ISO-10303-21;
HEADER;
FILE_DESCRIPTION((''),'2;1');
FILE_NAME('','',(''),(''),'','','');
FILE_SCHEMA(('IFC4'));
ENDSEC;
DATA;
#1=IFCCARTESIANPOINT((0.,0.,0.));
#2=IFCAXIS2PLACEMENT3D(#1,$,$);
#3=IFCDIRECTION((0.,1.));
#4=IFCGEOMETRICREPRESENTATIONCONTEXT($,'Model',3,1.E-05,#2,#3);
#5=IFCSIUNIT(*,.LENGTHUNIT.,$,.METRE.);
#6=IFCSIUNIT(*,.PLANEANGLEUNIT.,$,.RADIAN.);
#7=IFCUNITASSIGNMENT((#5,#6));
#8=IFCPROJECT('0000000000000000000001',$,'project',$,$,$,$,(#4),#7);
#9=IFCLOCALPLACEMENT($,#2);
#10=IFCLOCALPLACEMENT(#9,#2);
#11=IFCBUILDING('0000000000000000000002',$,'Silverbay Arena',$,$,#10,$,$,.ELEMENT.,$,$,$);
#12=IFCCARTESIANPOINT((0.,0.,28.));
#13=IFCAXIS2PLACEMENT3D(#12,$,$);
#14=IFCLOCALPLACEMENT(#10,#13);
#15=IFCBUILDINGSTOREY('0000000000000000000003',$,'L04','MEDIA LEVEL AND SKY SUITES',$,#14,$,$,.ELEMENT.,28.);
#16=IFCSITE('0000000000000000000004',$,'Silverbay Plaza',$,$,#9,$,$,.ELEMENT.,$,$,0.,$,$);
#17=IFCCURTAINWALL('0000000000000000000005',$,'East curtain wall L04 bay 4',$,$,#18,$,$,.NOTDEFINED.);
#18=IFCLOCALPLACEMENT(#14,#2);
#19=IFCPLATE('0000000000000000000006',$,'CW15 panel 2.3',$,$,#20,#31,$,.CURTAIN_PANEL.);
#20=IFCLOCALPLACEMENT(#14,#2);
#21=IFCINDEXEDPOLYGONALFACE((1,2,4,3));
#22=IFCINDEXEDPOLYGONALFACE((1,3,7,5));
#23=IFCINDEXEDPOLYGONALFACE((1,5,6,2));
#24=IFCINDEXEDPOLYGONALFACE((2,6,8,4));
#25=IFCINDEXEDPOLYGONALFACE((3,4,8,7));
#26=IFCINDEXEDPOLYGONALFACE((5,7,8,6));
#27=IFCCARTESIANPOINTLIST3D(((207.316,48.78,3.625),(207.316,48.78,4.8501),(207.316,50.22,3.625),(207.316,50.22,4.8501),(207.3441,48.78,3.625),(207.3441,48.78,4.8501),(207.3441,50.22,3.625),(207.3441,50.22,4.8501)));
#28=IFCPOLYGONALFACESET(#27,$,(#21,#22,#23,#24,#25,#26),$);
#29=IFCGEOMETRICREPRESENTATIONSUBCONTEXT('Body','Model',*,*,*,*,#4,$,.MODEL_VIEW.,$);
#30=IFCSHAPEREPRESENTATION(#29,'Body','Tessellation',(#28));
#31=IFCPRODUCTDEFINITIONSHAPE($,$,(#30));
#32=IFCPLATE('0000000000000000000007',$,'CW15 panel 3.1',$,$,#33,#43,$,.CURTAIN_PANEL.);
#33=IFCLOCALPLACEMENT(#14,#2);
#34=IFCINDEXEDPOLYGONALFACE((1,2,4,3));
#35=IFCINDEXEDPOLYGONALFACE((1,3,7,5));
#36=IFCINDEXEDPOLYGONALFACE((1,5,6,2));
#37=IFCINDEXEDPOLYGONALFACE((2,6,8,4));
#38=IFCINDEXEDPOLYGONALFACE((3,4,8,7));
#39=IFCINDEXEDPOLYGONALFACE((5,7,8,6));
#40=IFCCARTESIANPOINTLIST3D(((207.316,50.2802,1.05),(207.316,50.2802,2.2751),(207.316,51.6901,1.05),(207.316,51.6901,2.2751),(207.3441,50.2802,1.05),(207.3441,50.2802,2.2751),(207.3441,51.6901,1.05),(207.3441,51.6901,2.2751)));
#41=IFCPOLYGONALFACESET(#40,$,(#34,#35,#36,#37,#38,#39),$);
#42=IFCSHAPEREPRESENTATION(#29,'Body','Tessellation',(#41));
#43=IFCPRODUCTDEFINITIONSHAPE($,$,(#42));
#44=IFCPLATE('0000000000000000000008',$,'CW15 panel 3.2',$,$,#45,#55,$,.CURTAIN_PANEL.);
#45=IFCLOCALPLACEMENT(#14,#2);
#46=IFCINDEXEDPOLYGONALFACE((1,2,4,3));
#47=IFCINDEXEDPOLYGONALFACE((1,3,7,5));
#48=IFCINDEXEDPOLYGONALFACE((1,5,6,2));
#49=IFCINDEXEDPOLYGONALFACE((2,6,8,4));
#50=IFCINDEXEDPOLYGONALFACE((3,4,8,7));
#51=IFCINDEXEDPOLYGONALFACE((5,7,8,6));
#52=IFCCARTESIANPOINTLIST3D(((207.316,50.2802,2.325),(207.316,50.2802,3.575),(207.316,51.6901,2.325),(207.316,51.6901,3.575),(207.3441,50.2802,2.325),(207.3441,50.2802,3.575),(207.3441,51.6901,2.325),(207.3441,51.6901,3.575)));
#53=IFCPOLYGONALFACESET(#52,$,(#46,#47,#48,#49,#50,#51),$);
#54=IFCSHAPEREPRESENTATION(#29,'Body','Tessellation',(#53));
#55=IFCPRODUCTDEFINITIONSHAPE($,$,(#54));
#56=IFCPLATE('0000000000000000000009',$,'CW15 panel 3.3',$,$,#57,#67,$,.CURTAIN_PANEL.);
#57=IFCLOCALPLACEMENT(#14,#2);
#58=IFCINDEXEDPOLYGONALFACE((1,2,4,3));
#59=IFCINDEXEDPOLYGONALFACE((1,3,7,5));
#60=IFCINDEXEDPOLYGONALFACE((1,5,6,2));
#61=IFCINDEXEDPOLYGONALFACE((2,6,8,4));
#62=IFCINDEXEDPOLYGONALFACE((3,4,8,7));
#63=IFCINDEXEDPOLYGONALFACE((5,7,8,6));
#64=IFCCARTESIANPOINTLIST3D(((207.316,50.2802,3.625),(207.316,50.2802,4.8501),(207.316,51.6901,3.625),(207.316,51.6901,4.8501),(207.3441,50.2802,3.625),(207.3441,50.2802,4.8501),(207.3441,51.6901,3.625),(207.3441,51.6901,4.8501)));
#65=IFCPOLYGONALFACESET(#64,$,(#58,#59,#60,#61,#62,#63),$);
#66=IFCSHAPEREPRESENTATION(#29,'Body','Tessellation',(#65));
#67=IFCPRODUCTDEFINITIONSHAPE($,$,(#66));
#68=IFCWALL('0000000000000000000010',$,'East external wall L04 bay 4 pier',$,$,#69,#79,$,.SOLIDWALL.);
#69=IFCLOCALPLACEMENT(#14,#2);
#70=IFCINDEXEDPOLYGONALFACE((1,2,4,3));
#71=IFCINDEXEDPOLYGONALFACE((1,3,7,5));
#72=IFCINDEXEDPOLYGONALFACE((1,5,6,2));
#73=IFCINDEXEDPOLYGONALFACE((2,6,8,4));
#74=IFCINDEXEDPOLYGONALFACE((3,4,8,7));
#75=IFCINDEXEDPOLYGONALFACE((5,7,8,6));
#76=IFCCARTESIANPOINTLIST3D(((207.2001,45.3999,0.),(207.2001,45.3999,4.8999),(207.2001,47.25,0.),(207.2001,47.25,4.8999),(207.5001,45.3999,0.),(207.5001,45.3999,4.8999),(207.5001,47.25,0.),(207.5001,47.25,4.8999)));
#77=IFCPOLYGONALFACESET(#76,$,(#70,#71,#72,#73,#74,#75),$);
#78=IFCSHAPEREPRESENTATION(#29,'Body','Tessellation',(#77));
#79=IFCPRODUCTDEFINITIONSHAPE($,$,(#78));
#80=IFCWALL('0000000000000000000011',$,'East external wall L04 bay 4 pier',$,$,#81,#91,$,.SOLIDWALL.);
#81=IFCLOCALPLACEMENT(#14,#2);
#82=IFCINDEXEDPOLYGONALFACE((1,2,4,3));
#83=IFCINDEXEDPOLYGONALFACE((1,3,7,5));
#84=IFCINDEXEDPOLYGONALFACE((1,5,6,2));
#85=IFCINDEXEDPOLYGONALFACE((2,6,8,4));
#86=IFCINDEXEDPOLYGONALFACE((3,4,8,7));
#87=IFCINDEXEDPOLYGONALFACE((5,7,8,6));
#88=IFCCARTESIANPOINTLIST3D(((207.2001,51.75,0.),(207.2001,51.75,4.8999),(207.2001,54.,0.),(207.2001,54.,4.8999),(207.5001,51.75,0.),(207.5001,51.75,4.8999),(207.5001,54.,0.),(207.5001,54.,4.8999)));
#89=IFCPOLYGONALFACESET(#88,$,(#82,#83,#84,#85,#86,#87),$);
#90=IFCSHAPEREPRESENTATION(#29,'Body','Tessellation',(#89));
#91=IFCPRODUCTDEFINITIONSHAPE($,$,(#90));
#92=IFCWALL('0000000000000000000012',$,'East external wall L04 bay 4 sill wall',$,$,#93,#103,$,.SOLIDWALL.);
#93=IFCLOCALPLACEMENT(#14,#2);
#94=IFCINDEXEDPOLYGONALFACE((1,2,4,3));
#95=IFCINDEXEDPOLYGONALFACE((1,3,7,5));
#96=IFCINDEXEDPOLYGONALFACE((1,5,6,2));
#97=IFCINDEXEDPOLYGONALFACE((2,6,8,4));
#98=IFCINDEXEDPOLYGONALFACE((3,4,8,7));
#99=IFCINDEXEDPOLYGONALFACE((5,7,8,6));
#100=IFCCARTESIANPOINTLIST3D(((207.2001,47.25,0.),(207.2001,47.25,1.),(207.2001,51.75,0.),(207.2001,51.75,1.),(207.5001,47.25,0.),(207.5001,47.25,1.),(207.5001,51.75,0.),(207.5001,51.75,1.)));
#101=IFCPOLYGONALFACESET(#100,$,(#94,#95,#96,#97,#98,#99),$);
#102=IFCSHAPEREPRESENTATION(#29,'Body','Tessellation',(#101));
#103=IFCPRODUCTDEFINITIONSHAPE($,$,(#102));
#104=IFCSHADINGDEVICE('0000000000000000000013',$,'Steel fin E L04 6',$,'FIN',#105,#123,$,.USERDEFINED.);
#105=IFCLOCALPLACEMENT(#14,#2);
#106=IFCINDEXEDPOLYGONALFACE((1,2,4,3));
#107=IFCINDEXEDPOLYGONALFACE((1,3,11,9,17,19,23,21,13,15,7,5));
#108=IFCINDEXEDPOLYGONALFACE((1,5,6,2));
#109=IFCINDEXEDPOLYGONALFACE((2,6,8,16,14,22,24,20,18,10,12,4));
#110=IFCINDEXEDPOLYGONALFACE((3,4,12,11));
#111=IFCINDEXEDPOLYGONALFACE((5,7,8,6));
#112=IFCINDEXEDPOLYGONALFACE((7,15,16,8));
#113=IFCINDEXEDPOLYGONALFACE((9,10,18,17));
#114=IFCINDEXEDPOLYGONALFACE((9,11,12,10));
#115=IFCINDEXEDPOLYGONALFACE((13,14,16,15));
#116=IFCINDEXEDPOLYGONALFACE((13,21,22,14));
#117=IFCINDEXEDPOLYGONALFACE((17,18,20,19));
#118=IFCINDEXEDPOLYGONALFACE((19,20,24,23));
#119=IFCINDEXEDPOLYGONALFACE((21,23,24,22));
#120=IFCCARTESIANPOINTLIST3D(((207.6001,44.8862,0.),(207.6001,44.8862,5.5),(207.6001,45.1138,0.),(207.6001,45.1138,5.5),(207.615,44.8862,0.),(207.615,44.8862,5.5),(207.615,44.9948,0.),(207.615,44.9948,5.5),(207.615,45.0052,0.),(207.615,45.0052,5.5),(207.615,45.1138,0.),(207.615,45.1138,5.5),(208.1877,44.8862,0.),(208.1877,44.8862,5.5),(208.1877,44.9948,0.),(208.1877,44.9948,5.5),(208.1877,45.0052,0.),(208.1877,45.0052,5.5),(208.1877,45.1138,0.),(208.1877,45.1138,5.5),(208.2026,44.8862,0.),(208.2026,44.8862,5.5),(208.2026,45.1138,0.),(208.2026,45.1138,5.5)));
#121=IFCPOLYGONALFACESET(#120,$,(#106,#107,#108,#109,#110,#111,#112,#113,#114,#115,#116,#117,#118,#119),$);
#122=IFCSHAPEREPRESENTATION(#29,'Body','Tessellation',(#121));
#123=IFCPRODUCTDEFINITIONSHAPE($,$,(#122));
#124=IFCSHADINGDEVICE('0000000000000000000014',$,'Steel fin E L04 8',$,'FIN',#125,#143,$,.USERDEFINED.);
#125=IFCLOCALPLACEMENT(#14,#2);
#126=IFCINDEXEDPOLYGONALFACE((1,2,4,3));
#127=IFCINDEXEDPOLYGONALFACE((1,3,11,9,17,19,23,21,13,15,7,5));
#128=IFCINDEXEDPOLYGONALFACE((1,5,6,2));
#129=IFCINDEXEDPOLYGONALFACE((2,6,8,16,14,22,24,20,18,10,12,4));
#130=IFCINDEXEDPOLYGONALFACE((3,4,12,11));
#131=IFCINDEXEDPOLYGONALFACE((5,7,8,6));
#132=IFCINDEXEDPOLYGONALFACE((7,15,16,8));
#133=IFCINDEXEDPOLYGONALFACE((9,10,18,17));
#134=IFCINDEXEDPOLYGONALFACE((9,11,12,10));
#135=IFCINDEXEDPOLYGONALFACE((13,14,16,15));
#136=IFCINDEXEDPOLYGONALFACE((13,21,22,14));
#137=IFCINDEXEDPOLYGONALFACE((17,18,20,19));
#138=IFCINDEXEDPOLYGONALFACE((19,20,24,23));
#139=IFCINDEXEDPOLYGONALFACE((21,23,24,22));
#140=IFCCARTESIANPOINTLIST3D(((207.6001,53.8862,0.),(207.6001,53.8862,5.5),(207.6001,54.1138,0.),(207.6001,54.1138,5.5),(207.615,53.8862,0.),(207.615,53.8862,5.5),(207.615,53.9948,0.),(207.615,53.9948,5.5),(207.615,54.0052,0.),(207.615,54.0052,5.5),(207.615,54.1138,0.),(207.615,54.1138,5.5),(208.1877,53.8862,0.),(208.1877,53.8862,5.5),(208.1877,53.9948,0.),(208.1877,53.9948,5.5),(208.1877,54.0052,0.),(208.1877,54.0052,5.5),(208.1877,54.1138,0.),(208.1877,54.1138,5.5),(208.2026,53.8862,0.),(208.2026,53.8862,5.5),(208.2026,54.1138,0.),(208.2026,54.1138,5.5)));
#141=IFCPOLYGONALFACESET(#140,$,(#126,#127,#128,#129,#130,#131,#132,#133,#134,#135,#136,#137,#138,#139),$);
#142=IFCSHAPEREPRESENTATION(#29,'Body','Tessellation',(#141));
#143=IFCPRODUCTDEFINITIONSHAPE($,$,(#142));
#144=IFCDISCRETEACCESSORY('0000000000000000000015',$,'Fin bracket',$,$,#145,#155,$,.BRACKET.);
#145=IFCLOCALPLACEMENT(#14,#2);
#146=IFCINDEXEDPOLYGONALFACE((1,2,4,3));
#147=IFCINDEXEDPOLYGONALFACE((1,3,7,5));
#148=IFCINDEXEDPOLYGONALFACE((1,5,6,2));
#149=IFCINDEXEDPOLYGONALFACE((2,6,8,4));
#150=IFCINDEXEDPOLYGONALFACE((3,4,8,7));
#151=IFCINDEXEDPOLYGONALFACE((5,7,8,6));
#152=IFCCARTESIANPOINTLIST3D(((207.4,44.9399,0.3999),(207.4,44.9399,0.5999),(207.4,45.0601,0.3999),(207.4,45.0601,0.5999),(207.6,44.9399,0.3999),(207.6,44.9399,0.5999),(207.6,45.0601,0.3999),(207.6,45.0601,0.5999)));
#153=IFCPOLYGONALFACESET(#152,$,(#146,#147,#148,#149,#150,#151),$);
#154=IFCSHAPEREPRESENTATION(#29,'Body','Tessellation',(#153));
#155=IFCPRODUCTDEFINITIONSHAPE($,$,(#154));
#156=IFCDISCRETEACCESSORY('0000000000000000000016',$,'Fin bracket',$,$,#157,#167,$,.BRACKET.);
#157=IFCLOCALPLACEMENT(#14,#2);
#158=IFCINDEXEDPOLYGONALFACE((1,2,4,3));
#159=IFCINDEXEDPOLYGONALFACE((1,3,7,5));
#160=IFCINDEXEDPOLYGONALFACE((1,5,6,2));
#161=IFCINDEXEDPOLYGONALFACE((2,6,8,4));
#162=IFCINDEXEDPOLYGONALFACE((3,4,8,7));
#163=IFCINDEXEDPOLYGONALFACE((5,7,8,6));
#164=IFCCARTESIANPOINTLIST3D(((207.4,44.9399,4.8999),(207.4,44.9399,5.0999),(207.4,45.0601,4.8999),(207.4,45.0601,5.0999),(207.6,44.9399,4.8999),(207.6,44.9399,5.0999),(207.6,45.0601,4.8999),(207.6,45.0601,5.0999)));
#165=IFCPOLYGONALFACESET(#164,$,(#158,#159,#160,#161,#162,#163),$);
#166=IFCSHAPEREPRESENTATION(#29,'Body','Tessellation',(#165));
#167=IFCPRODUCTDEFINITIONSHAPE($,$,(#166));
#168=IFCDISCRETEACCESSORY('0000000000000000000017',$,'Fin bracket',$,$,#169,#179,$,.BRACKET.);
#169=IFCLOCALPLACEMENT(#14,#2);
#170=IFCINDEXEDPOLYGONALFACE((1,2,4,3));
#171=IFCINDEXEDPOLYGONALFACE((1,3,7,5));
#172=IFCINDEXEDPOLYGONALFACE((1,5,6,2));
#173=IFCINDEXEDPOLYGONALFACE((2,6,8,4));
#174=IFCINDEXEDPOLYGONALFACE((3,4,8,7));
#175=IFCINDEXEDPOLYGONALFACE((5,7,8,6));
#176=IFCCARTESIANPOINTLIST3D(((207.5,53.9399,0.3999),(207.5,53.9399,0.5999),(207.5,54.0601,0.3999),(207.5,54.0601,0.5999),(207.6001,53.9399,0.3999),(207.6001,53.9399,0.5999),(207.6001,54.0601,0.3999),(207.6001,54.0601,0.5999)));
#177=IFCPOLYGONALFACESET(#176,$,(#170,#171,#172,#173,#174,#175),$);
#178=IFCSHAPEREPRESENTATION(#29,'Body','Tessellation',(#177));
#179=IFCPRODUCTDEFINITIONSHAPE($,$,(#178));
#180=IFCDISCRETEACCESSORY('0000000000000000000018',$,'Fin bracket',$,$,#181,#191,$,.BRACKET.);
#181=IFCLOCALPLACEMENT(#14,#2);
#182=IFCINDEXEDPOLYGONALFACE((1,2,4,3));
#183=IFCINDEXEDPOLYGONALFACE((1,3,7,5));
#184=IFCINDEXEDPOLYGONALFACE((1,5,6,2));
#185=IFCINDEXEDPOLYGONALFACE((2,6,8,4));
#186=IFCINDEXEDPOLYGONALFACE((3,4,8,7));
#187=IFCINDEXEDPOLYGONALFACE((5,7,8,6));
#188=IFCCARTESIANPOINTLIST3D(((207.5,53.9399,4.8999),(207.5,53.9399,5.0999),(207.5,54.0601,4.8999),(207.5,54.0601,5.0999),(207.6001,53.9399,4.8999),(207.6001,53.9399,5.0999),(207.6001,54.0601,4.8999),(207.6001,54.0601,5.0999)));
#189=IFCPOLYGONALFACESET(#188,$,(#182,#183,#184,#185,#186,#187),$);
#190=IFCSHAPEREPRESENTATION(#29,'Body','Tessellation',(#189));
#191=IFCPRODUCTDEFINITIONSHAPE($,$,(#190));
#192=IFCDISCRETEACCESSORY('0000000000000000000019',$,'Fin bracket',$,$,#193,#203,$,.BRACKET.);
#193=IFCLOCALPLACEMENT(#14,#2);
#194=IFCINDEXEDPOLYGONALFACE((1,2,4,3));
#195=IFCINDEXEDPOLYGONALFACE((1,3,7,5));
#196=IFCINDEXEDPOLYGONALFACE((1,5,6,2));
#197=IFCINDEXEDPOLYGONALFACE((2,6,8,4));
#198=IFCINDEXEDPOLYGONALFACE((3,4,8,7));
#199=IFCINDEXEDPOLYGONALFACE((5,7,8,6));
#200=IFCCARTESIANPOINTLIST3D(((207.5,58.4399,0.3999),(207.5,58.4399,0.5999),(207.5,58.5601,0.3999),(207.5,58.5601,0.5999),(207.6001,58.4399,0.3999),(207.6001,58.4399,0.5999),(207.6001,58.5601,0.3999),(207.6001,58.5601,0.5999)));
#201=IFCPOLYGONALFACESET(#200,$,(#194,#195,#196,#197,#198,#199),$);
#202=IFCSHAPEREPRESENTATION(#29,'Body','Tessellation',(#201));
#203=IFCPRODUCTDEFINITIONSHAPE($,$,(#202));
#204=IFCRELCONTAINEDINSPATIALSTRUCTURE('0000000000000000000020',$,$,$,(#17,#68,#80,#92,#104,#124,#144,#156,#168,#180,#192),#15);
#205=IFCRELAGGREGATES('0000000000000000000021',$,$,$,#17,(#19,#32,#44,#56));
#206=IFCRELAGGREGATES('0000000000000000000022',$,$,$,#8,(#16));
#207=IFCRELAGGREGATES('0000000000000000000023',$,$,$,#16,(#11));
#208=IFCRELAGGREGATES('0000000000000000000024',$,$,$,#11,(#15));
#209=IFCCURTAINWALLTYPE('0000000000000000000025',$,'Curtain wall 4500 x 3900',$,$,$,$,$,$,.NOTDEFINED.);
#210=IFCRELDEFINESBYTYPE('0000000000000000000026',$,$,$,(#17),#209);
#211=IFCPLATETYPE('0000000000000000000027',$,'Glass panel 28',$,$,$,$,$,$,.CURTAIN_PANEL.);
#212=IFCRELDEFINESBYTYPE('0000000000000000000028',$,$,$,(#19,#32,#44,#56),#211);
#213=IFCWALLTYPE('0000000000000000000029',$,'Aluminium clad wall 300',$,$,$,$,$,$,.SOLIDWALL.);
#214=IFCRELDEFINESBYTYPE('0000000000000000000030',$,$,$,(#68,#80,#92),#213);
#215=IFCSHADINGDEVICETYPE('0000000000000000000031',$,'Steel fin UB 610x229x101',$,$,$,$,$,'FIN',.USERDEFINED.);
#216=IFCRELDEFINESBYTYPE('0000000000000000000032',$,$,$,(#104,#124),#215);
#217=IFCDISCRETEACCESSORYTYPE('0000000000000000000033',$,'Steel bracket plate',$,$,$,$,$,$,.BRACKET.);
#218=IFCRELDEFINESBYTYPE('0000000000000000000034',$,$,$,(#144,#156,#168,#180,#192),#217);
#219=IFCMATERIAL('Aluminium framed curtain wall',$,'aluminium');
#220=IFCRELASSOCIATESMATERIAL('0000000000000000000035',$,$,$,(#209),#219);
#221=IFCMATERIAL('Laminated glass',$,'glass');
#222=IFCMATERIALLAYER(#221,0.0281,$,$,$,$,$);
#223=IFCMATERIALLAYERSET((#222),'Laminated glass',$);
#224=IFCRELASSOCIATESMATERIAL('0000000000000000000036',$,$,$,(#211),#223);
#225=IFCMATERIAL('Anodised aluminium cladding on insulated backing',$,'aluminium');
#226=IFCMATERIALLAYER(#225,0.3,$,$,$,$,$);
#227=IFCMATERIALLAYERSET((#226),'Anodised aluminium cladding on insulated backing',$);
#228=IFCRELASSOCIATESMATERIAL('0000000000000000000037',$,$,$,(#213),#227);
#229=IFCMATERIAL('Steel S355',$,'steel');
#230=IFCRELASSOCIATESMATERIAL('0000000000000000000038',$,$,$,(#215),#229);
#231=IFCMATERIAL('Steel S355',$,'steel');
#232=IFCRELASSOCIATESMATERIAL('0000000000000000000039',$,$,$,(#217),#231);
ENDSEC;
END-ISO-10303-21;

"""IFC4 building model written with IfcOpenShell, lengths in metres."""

from ifc_helpers import new_model, si_unit, direction, frame, frame_2d, origin, origin_2d, place, context, subcontext, project, spatial, rectangle, i_section, extrude, material, layer, layer_set, material_profile, profile_set, type_object, element, aggregate, save


model = new_model("IFC4")

# Units and contexts
model_context = context("Model", 3, precision=1e-05, world=origin(), true_north=direction((0.0, 1.0)))
body_context = subcontext(model_context, "Body", "Model", "MODEL_VIEW")
ifc_project = project(units=[si_unit("LENGTHUNIT", "METRE"), si_unit("PLANEANGLEUNIT", "RADIAN")], contexts=[model_context])

# Site, building, storey
site_placement = place(None, origin())
site = spatial("IfcSite", under=ifc_project, at=site_placement, Name="Silverbay Plaza", CompositionType="ELEMENT", RefElevation=0.0)
building_placement = place(site_placement, origin())
building = spatial("IfcBuilding", under=site, at=building_placement, Name="Silverbay Arena", CompositionType="ELEMENT")
storey_placement = place(building_placement, frame((0.0, 0.0, 28.0)))
storey = spatial("IfcBuildingStorey", under=building, at=storey_placement, Name="L04", Description="MEDIA LEVEL AND SKY SUITES", CompositionType="ELEMENT", Elevation=28.0)

# Curtain wall
ifc_material_1 = material(Name="Aluminium framed curtain wall", Category="aluminium")
curtain_wall_type = type_object("IfcCurtainWallType", Name="Curtain wall 4500 x 3900", PredefinedType="NOTDEFINED", material=ifc_material_1)
curtain_wall_placement = place(storey_placement, origin())
curtain_wall = element("IfcCurtainWall", 1, at=curtain_wall_placement, inside=storey, type_object=curtain_wall_type, Name="East curtain wall L04 bay 4", PredefinedType="NOTDEFINED")

# Plates
ifc_material_2 = material(Name="Laminated glass", Category="glass")
ifc_layer_1 = layer(ifc_material_2, 0.0281)
ifc_layer_set_1 = layer_set([ifc_layer_1], Name="Laminated glass")
plate_type = type_object("IfcPlateType", Name="Glass panel 28", PredefinedType="CURTAIN_PANEL", material=ifc_layer_set_1)
plate_1_placement = place(storey_placement, frame((207.3301, 49.5, 3.625), z_axis=(0.0, 0.0, 1.0), x_axis=(0.0, 1.0, 0.0)))
plate_1 = element("IfcPlate", 2, at=plate_1_placement, type_object=plate_type, Name="CW15 panel 2.3", PredefinedType="CURTAIN_PANEL", context=body_context, shape_type="SweptSolid", body=[
    extrude(rectangle(XDim=1.4399, YDim=0.0281, at=origin_2d()), origin(), (0.0, 0.0, 1.0), 1.2251),
])
plate_2_placement = place(storey_placement, frame((207.3301, 50.9851, 1.05), z_axis=(0.0, 0.0, 1.0), x_axis=(0.0, 1.0, 0.0)))
plate_2 = element("IfcPlate", 3, at=plate_2_placement, type_object=plate_type, Name="CW15 panel 3.1", PredefinedType="CURTAIN_PANEL", context=body_context, shape_type="SweptSolid", body=[
    extrude(rectangle(XDim=1.4099, YDim=0.0281, at=origin_2d()), origin(), (0.0, 0.0, 1.0), 1.2251),
])
plate_3_placement = place(storey_placement, frame((207.3301, 50.9851, 2.325), z_axis=(0.0, 0.0, 1.0), x_axis=(0.0, 1.0, 0.0)))
plate_3 = element("IfcPlate", 4, at=plate_3_placement, type_object=plate_type, Name="CW15 panel 3.2", PredefinedType="CURTAIN_PANEL", context=body_context, shape_type="SweptSolid", body=[
    extrude(rectangle(XDim=1.4099, YDim=0.0281, at=origin_2d()), origin(), (0.0, 0.0, 1.0), 1.25),
])
plate_4_placement = place(storey_placement, frame((207.3301, 50.9851, 3.625), z_axis=(0.0, 0.0, 1.0), x_axis=(0.0, 1.0, 0.0)))
plate_4 = element("IfcPlate", 5, at=plate_4_placement, type_object=plate_type, Name="CW15 panel 3.3", PredefinedType="CURTAIN_PANEL", context=body_context, shape_type="SweptSolid", body=[
    extrude(rectangle(XDim=1.4099, YDim=0.0281, at=origin_2d()), origin(), (0.0, 0.0, 1.0), 1.2251),
])
aggregate(curtain_wall, [plate_1, plate_2, plate_3, plate_4])

# Walls
ifc_material_3 = material(Name="Anodised aluminium cladding on insulated backing", Category="aluminium")
ifc_layer_2 = layer(ifc_material_3, 0.3)
ifc_layer_set_2 = layer_set([ifc_layer_2], Name="Anodised aluminium cladding on insulated backing")
wall_type = type_object("IfcWallType", Name="Aluminium clad wall 300", PredefinedType="SOLIDWALL", material=ifc_layer_set_2)
wall_1_placement = place(storey_placement, frame((207.3501, 45.3999, 0.0), z_axis=(0.0, 0.0, 1.0), x_axis=(0.0, 1.0, 0.0)))
element("IfcWall", 6, at=wall_1_placement, inside=storey, type_object=wall_type, Name="East external wall L04 bay 4 pier", PredefinedType="SOLIDWALL", context=body_context, shape_type="SweptSolid", body=[
    extrude(rectangle(XDim=1.8501, YDim=0.3, at=frame_2d((0.925, 0.0))), origin(), (0.0, 0.0, 1.0), 4.8999),
])
wall_2_placement = place(storey_placement, frame((207.3501, 51.75, 0.0), z_axis=(0.0, 0.0, 1.0), x_axis=(0.0, 1.0, 0.0)))
element("IfcWall", 7, at=wall_2_placement, inside=storey, type_object=wall_type, Name="East external wall L04 bay 4 pier", PredefinedType="SOLIDWALL", context=body_context, shape_type="SweptSolid", body=[
    extrude(rectangle(XDim=2.25, YDim=0.3, at=frame_2d((1.125, 0.0))), origin(), (0.0, 0.0, 1.0), 4.8999),
])
wall_3_placement = place(storey_placement, frame((207.3501, 47.25, 0.0), z_axis=(0.0, 0.0, 1.0), x_axis=(0.0, 1.0, 0.0)))
element("IfcWall", 8, at=wall_3_placement, inside=storey, type_object=wall_type, Name="East external wall L04 bay 4 sill wall", PredefinedType="SOLIDWALL", context=body_context, shape_type="SweptSolid", body=[
    extrude(rectangle(XDim=4.5, YDim=0.3, at=frame_2d((2.25, 0.0))), origin(), (0.0, 0.0, 1.0), 1.0),
])

# Shading devices
ifc_material_4 = material(Name="Steel S355", Category="steel")
ifc_material_profile_1 = material_profile(ifc_material_4, i_section(OverallWidth=0.2275, OverallDepth=0.6025, WebThickness=0.0105, FlangeThickness=0.0149, at=origin_2d()), Name="UB 610x229x101")
ifc_profile_set_1 = profile_set([ifc_material_profile_1], Name="Steel S355")
shading_device_type = type_object("IfcShadingDeviceType", Name="Steel fin UB 610x229x101", ElementType="FIN", PredefinedType="USERDEFINED", material=ifc_profile_set_1)
for number, where, z_axis, x_axis, name in (
    (9, (207.9014, 45.0, 0.0), (0.0, 0.0, 1.0), (0.0, 1.0, 0.0), "Steel fin E L04 6"),
    (10, (207.9014, 54.0, 0.0), (0.0, 0.0, 1.0), (0.0, 1.0, 0.0), "Steel fin E L04 8"),
):
    element("IfcShadingDevice", number, at=place(storey_placement, frame(where, z_axis=z_axis, x_axis=x_axis)), inside=storey, type_object=shading_device_type, Name=name, ObjectType="FIN", PredefinedType="USERDEFINED", context=body_context, shape_type="SweptSolid", body=[
        extrude(i_section(OverallWidth=0.2275, OverallDepth=0.6025, WebThickness=0.0105, FlangeThickness=0.0149, at=origin_2d()), origin(), (0.0, 0.0, 1.0), 5.5),
    ])

# Discrete accessories
ifc_material_5 = material(Name="Steel S355", Category="steel")
discrete_accessory_type = type_object("IfcDiscreteAccessoryType", Name="Steel bracket plate", PredefinedType="BRACKET", material=ifc_material_5)
for number, where, z_axis, x_axis, name in (
    (11, (207.5, 45.0, 0.3999), (0.0, 0.0, 1.0), (1.0, 0.0, 0.0), "Fin bracket"),
    (12, (207.5, 45.0, 4.8999), (0.0, 0.0, 1.0), (1.0, 0.0, 0.0), "Fin bracket"),
):
    element("IfcDiscreteAccessory", number, at=place(storey_placement, frame(where, z_axis=z_axis, x_axis=x_axis)), inside=storey, type_object=discrete_accessory_type, Name=name, PredefinedType="BRACKET", context=body_context, shape_type="SweptSolid", body=[
        extrude(rectangle(XDim=0.2, YDim=0.1201, at=origin_2d()), origin(), (0.0, 0.0, 1.0), 0.2),
    ])
for number, where, z_axis, x_axis, name in (
    (13, (207.55, 54.0, 0.3999), (0.0, 0.0, 1.0), (1.0, 0.0, 0.0), "Fin bracket"),
    (14, (207.55, 54.0, 4.8999), (0.0, 0.0, 1.0), (1.0, 0.0, 0.0), "Fin bracket"),
    (15, (207.55, 58.5, 0.3999), (0.0, 0.0, 1.0), (1.0, 0.0, 0.0), "Fin bracket"),
):
    element("IfcDiscreteAccessory", number, at=place(storey_placement, frame(where, z_axis=z_axis, x_axis=x_axis)), inside=storey, type_object=discrete_accessory_type, Name=name, PredefinedType="BRACKET", context=body_context, shape_type="SweptSolid", body=[
        extrude(rectangle(XDim=0.1001, YDim=0.1201, at=origin_2d()), origin(), (0.0, 0.0, 1.0), 0.2),
    ])

save(model, "model.ifc")
